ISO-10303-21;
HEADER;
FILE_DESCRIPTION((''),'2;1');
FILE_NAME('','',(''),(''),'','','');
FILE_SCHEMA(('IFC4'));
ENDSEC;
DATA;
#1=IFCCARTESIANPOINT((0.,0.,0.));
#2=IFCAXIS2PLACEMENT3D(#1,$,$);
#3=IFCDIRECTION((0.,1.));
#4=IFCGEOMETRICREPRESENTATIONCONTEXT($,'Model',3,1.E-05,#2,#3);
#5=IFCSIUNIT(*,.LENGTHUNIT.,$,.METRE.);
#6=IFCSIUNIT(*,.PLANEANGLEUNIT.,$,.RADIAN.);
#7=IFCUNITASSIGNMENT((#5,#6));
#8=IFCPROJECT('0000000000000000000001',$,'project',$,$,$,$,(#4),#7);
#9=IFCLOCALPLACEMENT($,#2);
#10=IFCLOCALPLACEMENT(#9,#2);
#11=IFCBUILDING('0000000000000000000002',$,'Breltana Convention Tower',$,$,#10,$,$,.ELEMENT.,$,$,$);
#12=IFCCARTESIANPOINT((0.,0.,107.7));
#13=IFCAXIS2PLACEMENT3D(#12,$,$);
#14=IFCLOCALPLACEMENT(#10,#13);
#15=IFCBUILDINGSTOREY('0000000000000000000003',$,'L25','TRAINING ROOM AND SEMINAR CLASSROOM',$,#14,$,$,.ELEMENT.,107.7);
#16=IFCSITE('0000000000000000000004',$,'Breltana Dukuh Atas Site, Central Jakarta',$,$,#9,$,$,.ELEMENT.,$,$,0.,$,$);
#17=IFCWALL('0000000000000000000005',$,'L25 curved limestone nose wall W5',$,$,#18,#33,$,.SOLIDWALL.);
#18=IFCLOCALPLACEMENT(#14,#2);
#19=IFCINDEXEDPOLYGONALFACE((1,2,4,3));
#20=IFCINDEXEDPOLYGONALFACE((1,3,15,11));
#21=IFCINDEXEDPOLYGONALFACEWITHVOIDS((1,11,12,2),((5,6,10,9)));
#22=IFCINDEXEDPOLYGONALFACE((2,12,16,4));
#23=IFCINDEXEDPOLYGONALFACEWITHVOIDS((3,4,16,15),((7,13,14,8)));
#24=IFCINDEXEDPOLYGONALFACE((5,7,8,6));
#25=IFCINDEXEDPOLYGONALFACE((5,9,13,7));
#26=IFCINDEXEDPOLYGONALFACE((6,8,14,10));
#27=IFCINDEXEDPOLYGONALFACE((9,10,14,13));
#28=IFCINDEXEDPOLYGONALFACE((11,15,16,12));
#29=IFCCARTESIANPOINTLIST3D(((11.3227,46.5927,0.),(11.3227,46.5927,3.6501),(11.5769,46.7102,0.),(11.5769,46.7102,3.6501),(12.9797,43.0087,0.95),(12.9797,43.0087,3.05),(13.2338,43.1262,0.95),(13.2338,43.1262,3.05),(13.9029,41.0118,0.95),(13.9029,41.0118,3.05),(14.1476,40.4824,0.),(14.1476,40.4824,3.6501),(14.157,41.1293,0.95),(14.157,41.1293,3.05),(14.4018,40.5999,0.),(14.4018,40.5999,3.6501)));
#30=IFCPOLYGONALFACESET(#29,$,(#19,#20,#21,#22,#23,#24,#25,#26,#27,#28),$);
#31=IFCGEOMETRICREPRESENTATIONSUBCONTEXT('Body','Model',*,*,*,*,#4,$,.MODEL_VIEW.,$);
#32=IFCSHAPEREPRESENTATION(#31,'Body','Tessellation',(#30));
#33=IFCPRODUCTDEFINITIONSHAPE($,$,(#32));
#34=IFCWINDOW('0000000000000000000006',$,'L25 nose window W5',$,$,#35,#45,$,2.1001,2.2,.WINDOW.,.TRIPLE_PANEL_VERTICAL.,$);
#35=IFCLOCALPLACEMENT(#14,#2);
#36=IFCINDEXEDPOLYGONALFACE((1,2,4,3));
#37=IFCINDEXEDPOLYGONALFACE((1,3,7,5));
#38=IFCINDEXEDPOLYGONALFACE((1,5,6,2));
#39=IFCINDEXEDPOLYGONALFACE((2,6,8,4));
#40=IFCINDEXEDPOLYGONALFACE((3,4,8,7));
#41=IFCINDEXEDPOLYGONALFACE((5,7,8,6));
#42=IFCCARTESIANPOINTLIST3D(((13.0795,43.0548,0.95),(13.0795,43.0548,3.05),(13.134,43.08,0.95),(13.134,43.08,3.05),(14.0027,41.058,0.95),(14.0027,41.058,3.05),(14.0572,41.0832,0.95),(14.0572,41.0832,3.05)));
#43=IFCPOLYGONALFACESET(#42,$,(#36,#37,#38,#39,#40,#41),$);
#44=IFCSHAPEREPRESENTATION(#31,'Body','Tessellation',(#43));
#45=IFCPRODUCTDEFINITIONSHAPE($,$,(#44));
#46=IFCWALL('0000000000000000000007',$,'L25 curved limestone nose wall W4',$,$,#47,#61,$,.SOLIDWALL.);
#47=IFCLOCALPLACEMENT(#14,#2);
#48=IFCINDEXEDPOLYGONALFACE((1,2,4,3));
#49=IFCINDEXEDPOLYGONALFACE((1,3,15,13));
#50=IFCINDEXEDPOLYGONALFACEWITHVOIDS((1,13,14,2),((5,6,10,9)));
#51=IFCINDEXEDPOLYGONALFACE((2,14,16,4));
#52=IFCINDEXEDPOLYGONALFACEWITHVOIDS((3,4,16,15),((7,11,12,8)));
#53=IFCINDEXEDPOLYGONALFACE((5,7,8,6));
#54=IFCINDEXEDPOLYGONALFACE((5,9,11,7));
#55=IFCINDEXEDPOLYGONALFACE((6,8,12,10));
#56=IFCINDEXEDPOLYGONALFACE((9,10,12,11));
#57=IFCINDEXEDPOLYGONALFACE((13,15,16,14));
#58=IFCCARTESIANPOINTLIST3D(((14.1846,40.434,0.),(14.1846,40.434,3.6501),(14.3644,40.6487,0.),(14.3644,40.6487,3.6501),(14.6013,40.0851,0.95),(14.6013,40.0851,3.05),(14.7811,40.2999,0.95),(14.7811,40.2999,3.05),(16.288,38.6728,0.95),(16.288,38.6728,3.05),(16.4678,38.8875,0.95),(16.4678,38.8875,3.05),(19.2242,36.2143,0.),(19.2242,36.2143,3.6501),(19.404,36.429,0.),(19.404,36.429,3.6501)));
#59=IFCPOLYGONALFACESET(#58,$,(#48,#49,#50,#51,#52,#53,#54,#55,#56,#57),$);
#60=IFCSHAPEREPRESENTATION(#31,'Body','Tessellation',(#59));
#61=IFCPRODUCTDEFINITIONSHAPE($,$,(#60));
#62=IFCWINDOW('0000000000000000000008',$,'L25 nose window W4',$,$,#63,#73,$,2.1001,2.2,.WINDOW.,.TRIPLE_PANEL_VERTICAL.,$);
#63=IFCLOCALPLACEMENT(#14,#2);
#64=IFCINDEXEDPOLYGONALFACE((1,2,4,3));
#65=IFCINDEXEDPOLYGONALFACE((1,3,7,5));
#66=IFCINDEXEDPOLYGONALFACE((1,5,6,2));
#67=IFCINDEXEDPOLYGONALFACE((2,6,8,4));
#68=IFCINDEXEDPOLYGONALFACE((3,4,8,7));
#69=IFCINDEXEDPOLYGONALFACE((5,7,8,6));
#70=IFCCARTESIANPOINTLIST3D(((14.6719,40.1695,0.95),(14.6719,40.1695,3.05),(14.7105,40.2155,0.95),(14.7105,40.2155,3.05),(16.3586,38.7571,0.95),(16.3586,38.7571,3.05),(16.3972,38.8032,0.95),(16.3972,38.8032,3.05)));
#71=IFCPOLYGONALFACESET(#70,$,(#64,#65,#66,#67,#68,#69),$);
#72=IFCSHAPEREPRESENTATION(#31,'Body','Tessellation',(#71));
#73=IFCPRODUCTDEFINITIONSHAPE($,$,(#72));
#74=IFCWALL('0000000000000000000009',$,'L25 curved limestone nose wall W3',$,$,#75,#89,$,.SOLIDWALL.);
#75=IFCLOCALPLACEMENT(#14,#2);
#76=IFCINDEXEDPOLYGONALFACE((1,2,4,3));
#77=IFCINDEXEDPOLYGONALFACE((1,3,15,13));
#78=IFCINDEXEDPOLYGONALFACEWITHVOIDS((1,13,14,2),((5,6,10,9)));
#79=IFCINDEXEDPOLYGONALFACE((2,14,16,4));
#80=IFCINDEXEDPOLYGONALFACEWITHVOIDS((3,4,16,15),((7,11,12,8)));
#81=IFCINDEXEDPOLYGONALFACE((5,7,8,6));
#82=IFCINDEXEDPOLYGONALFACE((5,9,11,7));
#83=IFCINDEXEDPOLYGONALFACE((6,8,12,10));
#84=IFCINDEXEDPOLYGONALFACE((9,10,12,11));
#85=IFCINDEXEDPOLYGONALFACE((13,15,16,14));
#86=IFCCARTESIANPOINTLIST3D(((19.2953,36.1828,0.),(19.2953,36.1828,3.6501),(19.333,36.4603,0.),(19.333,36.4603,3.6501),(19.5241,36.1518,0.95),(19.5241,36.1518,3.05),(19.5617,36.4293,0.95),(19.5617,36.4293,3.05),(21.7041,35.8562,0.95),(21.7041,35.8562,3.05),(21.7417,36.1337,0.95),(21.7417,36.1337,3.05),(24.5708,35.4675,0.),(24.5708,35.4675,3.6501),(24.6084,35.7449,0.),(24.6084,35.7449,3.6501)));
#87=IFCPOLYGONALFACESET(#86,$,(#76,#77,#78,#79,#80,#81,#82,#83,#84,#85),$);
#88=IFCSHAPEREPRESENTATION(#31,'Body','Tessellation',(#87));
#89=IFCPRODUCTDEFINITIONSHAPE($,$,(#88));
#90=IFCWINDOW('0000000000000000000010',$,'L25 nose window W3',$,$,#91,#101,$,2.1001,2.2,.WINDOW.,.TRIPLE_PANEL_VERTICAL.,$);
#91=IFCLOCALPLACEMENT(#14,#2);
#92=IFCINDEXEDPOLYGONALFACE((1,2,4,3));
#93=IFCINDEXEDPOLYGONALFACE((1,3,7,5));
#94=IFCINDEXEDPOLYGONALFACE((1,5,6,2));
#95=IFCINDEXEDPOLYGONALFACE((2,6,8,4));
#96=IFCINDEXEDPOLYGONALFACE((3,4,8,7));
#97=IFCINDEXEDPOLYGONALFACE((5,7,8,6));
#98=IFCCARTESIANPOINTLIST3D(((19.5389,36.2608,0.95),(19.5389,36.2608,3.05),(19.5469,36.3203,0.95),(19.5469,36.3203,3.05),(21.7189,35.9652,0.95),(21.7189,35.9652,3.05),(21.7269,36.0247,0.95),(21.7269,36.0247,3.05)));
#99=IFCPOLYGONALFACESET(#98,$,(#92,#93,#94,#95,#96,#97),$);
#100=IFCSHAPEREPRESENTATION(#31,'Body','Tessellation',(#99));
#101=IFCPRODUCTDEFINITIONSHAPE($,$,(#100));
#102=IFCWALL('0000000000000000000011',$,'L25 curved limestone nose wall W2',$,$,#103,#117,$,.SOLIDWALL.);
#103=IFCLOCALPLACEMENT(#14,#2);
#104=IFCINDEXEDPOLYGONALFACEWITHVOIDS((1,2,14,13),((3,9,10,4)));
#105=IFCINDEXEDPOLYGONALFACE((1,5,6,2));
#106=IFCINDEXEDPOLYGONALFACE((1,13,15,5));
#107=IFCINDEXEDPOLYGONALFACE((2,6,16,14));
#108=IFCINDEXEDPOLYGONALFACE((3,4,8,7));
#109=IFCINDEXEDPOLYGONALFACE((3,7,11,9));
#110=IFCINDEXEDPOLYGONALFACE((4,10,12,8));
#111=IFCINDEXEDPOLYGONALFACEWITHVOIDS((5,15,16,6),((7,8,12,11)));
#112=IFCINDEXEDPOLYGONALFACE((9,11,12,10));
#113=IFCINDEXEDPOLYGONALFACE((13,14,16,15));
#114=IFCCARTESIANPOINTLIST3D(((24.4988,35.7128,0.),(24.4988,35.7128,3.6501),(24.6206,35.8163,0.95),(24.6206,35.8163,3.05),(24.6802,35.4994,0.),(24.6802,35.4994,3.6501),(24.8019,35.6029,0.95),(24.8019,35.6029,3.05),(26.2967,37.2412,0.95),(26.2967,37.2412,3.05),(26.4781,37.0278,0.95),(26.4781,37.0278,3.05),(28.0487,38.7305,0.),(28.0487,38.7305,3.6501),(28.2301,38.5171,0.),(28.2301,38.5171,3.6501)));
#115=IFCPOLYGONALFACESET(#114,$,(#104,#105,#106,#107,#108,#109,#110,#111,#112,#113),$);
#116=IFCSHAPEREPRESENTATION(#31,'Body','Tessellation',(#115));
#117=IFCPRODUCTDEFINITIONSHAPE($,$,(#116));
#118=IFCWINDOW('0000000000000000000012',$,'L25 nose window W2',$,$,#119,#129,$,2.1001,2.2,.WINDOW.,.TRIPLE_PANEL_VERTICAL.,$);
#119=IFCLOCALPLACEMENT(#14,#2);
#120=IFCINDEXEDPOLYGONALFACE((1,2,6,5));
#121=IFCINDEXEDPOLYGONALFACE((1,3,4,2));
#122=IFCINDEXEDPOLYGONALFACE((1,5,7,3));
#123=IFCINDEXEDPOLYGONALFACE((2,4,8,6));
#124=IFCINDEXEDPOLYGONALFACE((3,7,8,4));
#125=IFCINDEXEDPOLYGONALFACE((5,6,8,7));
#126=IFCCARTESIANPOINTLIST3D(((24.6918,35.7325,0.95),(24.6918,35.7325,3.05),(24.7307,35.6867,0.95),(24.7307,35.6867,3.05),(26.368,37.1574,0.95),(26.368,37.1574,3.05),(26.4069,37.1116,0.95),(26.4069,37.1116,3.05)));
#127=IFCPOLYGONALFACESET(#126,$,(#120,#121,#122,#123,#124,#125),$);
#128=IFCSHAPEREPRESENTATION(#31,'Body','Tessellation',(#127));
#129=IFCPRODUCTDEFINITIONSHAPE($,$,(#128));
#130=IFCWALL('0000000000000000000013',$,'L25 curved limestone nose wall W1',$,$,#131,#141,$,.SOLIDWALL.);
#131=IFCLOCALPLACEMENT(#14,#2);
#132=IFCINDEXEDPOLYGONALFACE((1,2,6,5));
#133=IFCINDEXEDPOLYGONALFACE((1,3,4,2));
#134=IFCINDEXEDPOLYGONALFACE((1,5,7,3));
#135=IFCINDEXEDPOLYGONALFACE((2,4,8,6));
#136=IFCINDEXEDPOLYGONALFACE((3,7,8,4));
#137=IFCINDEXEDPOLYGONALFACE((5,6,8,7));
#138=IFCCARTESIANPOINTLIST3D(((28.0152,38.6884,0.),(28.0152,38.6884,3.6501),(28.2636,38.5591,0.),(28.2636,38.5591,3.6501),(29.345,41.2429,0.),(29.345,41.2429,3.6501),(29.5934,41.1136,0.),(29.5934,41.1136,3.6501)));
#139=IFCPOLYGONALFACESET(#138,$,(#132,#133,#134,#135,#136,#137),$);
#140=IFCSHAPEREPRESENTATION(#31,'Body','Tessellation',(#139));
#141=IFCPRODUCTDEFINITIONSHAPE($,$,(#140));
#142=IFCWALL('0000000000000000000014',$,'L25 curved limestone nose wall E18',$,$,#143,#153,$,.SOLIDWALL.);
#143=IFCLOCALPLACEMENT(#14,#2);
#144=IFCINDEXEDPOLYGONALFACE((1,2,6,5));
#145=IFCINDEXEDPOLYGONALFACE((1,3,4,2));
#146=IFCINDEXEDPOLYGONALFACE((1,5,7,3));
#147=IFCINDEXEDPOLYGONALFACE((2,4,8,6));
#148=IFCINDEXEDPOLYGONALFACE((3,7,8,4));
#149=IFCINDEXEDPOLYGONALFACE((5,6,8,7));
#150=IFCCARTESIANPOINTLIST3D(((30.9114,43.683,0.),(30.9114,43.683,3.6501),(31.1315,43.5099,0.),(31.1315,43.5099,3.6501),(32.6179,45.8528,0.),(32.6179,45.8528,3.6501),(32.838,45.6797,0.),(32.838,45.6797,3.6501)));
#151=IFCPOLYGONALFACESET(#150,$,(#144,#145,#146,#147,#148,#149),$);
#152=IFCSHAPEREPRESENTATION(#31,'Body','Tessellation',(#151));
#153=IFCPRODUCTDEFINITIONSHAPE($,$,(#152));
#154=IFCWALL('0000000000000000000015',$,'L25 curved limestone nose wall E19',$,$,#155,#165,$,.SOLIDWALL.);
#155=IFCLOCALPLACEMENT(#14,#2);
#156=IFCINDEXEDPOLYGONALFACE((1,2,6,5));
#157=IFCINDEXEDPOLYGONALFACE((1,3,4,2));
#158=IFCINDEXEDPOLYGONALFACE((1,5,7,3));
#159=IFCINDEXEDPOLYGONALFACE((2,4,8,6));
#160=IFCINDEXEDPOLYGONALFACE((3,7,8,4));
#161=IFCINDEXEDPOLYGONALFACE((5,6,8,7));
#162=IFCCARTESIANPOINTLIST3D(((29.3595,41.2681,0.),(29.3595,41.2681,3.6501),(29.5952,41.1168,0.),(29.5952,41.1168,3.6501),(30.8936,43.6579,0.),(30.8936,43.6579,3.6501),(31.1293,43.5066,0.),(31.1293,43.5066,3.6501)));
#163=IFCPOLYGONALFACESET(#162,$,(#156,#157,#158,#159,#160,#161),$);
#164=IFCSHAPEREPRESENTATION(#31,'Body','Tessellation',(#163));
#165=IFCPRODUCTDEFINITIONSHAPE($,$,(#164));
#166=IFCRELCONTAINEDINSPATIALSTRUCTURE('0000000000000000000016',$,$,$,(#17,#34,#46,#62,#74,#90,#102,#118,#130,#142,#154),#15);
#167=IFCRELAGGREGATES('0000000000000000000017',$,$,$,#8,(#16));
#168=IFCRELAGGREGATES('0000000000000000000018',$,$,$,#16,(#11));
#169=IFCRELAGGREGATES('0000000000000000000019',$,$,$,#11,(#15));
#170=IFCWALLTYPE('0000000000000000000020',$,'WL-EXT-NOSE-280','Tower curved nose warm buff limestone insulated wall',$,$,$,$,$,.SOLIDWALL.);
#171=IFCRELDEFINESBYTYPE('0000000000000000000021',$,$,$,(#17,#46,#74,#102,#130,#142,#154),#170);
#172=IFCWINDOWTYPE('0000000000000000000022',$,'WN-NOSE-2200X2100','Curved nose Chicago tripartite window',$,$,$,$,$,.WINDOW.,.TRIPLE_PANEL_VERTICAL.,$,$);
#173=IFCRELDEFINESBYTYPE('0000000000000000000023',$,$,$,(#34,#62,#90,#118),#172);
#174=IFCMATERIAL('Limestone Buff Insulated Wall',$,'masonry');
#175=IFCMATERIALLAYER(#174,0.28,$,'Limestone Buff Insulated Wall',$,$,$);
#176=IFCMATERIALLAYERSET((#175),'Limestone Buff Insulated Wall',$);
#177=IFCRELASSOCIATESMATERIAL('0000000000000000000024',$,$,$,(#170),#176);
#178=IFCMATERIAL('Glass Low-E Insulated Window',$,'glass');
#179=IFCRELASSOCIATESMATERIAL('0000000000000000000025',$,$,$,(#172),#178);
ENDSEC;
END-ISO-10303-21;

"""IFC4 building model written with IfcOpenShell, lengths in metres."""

from ifc_helpers import new_model, si_unit, direction, frame, frame_2d, origin, place, context, subcontext, project, spatial, rectangle, extrude, source, transform, mapped, material, layer, layer_set, type_object, type_shapes, element, fill, save


model = new_model("IFC4")

# Units and contexts
model_context = context("Model", 3, precision=1e-05, world=origin(), true_north=direction((0.0, 1.0)))
body_context = subcontext(model_context, "Body", "Model", "MODEL_VIEW")
ifc_project = project(units=[si_unit("LENGTHUNIT", "METRE"), si_unit("PLANEANGLEUNIT", "RADIAN")], contexts=[model_context])

# Site, building, storey
site_placement = place(None, origin())
site = spatial("IfcSite", under=ifc_project, at=site_placement, Name="Breltana Dukuh Atas Site, Central Jakarta", CompositionType="ELEMENT", RefElevation=0.0)
building_placement = place(site_placement, origin())
building = spatial("IfcBuilding", under=site, at=building_placement, Name="Breltana Convention Tower", CompositionType="ELEMENT")
storey_placement = place(building_placement, frame((0.0, 0.0, 107.7)))
storey = spatial("IfcBuildingStorey", under=building, at=storey_placement, Name="L25", Description="TRAINING ROOM AND SEMINAR CLASSROOM", CompositionType="ELEMENT", Elevation=107.7)

# Walls, openings, windows
ifc_material_1 = material(Name="Limestone Buff Insulated Wall", Category="masonry")
ifc_layer_1 = layer(ifc_material_1, 0.28, Name="Limestone Buff Insulated Wall")
ifc_layer_set_1 = layer_set([ifc_layer_1], Name="Limestone Buff Insulated Wall")
wall_type_1 = type_object("IfcWallType", Name="WL-EXT-NOSE-280", Description="Tower curved nose warm buff limestone insulated wall", PredefinedType="SOLIDWALL", material=ifc_layer_set_1)
shared_shape_1 = source(origin(), body_context, "Body", "SweptSolid", [
    extrude(rectangle(XDim=6.7317, YDim=0.28, at=frame_2d((3.3657, 0.0))), origin(), (0.0, 0.0, 1.0), 3.6501),
])
wall_1_placement = place(storey_placement, frame((14.2747, 40.5413, 0.0), z_axis=(0.0, 0.0, 1.0), x_axis=(-0.419645, 0.907689, 0.0)))
wall_1 = element("IfcWall", 1, at=wall_1_placement, inside=storey, type_object=wall_type_1, Name="L25 curved limestone nose wall W5", PredefinedType="SOLIDWALL", context=body_context, shape_type="MappedRepresentation", body=[
    mapped(shared_shape_1, transform((0.0, 0.0, 0.0), scale=1.0)),
])
opening_1_placement = place(wall_1_placement, frame((0.583, 0.0, 0.95)))
opening_1 = element("IfcOpeningElement", 2, at=opening_1_placement, cuts=wall_1, PredefinedType="OPENING", context=body_context, shape_type="SweptSolid", body=[
    extrude(rectangle(XDim=2.2, YDim=2.1001, at=frame_2d((1.1001, 1.05))), frame((0.0, 0.1499, 0.0), z_axis=(0.0, -1.0, 0.0), x_axis=(1.0, 0.0, 0.0)), (0.0, 0.0, 1.0), 0.3),
])
ifc_material_2 = material(Name="Glass Low-E Insulated Window", Category="glass")
window_type = type_object("IfcWindowType", Name="WN-NOSE-2200X2100", Description="Curved nose Chicago tripartite window", PartitioningType="TRIPLE_PANEL_VERTICAL", PredefinedType="WINDOW", material=ifc_material_2)
shared_shape_2 = source(origin(), body_context, "Body", "SweptSolid", [
    extrude(rectangle(XDim=2.2, YDim=2.1001, at=frame_2d((1.1001, 1.05))), frame((0.0, 0.03, 0.0), z_axis=(0.0, -1.0, 0.0), x_axis=(1.0, 0.0, 0.0)), (0.0, 0.0, 1.0), 0.0601),
])
type_shapes(window_type, [shared_shape_2])
window_1_placement = place(opening_1_placement, origin())
window_1 = element("IfcWindow", 3, at=window_1_placement, inside=storey, type_object=window_type, Name="L25 nose window W5", OverallHeight=2.1001, OverallWidth=2.2, PartitioningType="TRIPLE_PANEL_VERTICAL", PredefinedType="WINDOW", context=body_context, shape_type="MappedRepresentation", body=[
    mapped(shared_shape_2, transform((0.0, 0.0, 0.0), scale=1.0)),
])
fill(opening_1, window_1)
shared_shape_3 = source(origin(), body_context, "Body", "SweptSolid", [
    extrude(rectangle(XDim=6.573, YDim=0.28, at=frame_2d((3.2866, 0.0))), origin(), (0.0, 0.0, 1.0), 3.6501),
])
wall_2_placement = place(storey_placement, frame((19.3142, 36.3215, 0.0), z_axis=(0.0, 0.0, 1.0), x_axis=(-0.766715, 0.641987, 0.0)))
wall_2 = element("IfcWall", 4, at=wall_2_placement, inside=storey, type_object=wall_type_1, Name="L25 curved limestone nose wall W4", PredefinedType="SOLIDWALL", context=body_context, shape_type="MappedRepresentation", body=[
    mapped(shared_shape_3, transform((0.0, 0.0, 0.0), scale=1.0)),
])
opening_2_placement = place(wall_2_placement, frame((3.8296, 0.0, 0.95)))
opening_2 = element("IfcOpeningElement", 5, at=opening_2_placement, cuts=wall_2, PredefinedType="OPENING", context=body_context, shape_type="SweptSolid", body=[
    extrude(rectangle(XDim=2.2, YDim=2.1001, at=frame_2d((1.1001, 1.05))), frame((0.0, 0.1499, 0.0), z_axis=(0.0, -1.0, 0.0), x_axis=(1.0, 0.0, 0.0)), (0.0, 0.0, 1.0), 0.3),
])
window_2_placement = place(opening_2_placement, origin())
window_2 = element("IfcWindow", 6, at=window_2_placement, inside=storey, type_object=window_type, Name="L25 nose window W4", OverallHeight=2.1001, OverallWidth=2.2, PartitioningType="TRIPLE_PANEL_VERTICAL", PredefinedType="WINDOW", context=body_context, shape_type="MappedRepresentation", body=[
    mapped(shared_shape_2, transform((0.0, 0.0, 0.0), scale=1.0)),
])
fill(opening_2, window_2)
shared_shape_4 = source(origin(), body_context, "Body", "SweptSolid", [
    extrude(rectangle(XDim=5.3237, YDim=0.28, at=frame_2d((2.6619, 0.0))), origin(), (0.0, 0.0, 1.0), 3.6501),
])
wall_3_placement = place(storey_placement, frame((24.5896, 35.6062, 0.0), z_axis=(0.0, 0.0, 1.0), x_axis=(-0.990931, 0.134368, 0.0)))
wall_3 = element("IfcWall", 7, at=wall_3_placement, inside=storey, type_object=wall_type_1, Name="L25 curved limestone nose wall W3", PredefinedType="SOLIDWALL", context=body_context, shape_type="MappedRepresentation", body=[
    mapped(shared_shape_4, transform((0.0, 0.0, 0.0), scale=1.0)),
])
opening_3_placement = place(wall_3_placement, frame((2.8928, 0.0, 0.95)))
opening_3 = element("IfcOpeningElement", 8, at=opening_3_placement, cuts=wall_3, PredefinedType="OPENING", context=body_context, shape_type="SweptSolid", body=[
    extrude(rectangle(XDim=2.2, YDim=2.1001, at=frame_2d((1.1001, 1.05))), frame((0.0, 0.1499, 0.0), z_axis=(0.0, -1.0, 0.0), x_axis=(1.0, 0.0, 0.0)), (0.0, 0.0, 1.0), 0.3),
])
window_3_placement = place(opening_3_placement, origin())
window_3 = element("IfcWindow", 9, at=window_3_placement, inside=storey, type_object=window_type, Name="L25 nose window W3", OverallHeight=2.1001, OverallWidth=2.2, PartitioningType="TRIPLE_PANEL_VERTICAL", PredefinedType="WINDOW", context=body_context, shape_type="MappedRepresentation", body=[
    mapped(shared_shape_2, transform((0.0, 0.0, 0.0), scale=1.0)),
])
fill(opening_3, window_3)
shared_shape_5 = source(origin(), body_context, "Body", "SweptSolid", [
    extrude(rectangle(XDim=4.6592, YDim=0.28, at=frame_2d((2.3296, 0.0))), origin(), (0.0, 0.0, 1.0), 3.6501),
])
wall_4_placement = place(storey_placement, frame((28.1394, 38.6238, 0.0), z_axis=(0.0, 0.0, 1.0), x_axis=(-0.761913, -0.647679, 0.0)))
wall_4 = element("IfcWall", 10, at=wall_4_placement, inside=storey, type_object=wall_type_1, Name="L25 curved limestone nose wall W2", PredefinedType="SOLIDWALL", context=body_context, shape_type="MappedRepresentation", body=[
    mapped(shared_shape_5, transform((0.0, 0.0, 0.0), scale=1.0)),
])
opening_4_placement = place(wall_4_placement, frame((2.2993, 0.0, 0.95)))
opening_4 = element("IfcOpeningElement", 11, at=opening_4_placement, cuts=wall_4, PredefinedType="OPENING", context=body_context, shape_type="SweptSolid", body=[
    extrude(rectangle(XDim=2.2, YDim=2.1001, at=frame_2d((1.1001, 1.05))), frame((0.0, 0.1499, 0.0), z_axis=(0.0, -1.0, 0.0), x_axis=(1.0, 0.0, 0.0)), (0.0, 0.0, 1.0), 0.3),
])
window_4_placement = place(opening_4_placement, origin())
window_4 = element("IfcWindow", 12, at=window_4_placement, inside=storey, type_object=window_type, Name="L25 nose window W2", OverallHeight=2.1001, OverallWidth=2.2, PartitioningType="TRIPLE_PANEL_VERTICAL", PredefinedType="WINDOW", context=body_context, shape_type="MappedRepresentation", body=[
    mapped(shared_shape_2, transform((0.0, 0.0, 0.0), scale=1.0)),
])
fill(opening_4, window_4)

# Walls
shared_shape_6 = source(origin(), body_context, "Body", "SweptSolid", [
    extrude(rectangle(XDim=2.8799, YDim=0.28, at=frame_2d((1.4399, 0.0))), origin(), (0.0, 0.0, 1.0), 3.6501),
])
wall_5_placement = place(storey_placement, frame((29.4692, 41.1782, 0.0), z_axis=(0.0, 0.0, 1.0), x_axis=(-0.461769, -0.887, 0.0)))
element("IfcWall", 13, at=wall_5_placement, inside=storey, type_object=wall_type_1, Name="L25 curved limestone nose wall W1", PredefinedType="SOLIDWALL", context=body_context, shape_type="MappedRepresentation", body=[
    mapped(shared_shape_6, transform((0.0, 0.0, 0.0), scale=1.0)),
])
shared_shape_7 = source(origin(), body_context, "Body", "SweptSolid", [
    extrude(rectangle(XDim=2.7605, YDim=0.28, at=frame_2d((1.3804, 0.0))), origin(), (0.0, 0.0, 1.0), 3.6501),
])
wall_6_placement = place(storey_placement, frame((32.728, 45.7664, 0.0), z_axis=(0.0, 0.0, 1.0), x_axis=(-0.618181, -0.786036, 0.0)))
element("IfcWall", 14, at=wall_6_placement, inside=storey, type_object=wall_type_1, Name="L25 curved limestone nose wall E18", PredefinedType="SOLIDWALL", context=body_context, shape_type="MappedRepresentation", body=[
    mapped(shared_shape_7, transform((0.0, 0.0, 0.0), scale=1.0)),
])
shared_shape_8 = source(origin(), body_context, "Body", "SweptSolid", [
    extrude(rectangle(XDim=2.8398, YDim=0.28, at=frame_2d((1.4199, 0.0))), origin(), (0.0, 0.0, 1.0), 3.6501),
])
wall_7_placement = place(storey_placement, frame((31.0115, 43.5823, 0.0), z_axis=(0.0, 0.0, 1.0), x_axis=(-0.540214, -0.841527, 0.0)))
element("IfcWall", 15, at=wall_7_placement, inside=storey, type_object=wall_type_1, Name="L25 curved limestone nose wall E19", PredefinedType="SOLIDWALL", context=body_context, shape_type="MappedRepresentation", body=[
    mapped(shared_shape_8, transform((0.0, 0.0, 0.0), scale=1.0)),
])

save(model, "model.ifc")
